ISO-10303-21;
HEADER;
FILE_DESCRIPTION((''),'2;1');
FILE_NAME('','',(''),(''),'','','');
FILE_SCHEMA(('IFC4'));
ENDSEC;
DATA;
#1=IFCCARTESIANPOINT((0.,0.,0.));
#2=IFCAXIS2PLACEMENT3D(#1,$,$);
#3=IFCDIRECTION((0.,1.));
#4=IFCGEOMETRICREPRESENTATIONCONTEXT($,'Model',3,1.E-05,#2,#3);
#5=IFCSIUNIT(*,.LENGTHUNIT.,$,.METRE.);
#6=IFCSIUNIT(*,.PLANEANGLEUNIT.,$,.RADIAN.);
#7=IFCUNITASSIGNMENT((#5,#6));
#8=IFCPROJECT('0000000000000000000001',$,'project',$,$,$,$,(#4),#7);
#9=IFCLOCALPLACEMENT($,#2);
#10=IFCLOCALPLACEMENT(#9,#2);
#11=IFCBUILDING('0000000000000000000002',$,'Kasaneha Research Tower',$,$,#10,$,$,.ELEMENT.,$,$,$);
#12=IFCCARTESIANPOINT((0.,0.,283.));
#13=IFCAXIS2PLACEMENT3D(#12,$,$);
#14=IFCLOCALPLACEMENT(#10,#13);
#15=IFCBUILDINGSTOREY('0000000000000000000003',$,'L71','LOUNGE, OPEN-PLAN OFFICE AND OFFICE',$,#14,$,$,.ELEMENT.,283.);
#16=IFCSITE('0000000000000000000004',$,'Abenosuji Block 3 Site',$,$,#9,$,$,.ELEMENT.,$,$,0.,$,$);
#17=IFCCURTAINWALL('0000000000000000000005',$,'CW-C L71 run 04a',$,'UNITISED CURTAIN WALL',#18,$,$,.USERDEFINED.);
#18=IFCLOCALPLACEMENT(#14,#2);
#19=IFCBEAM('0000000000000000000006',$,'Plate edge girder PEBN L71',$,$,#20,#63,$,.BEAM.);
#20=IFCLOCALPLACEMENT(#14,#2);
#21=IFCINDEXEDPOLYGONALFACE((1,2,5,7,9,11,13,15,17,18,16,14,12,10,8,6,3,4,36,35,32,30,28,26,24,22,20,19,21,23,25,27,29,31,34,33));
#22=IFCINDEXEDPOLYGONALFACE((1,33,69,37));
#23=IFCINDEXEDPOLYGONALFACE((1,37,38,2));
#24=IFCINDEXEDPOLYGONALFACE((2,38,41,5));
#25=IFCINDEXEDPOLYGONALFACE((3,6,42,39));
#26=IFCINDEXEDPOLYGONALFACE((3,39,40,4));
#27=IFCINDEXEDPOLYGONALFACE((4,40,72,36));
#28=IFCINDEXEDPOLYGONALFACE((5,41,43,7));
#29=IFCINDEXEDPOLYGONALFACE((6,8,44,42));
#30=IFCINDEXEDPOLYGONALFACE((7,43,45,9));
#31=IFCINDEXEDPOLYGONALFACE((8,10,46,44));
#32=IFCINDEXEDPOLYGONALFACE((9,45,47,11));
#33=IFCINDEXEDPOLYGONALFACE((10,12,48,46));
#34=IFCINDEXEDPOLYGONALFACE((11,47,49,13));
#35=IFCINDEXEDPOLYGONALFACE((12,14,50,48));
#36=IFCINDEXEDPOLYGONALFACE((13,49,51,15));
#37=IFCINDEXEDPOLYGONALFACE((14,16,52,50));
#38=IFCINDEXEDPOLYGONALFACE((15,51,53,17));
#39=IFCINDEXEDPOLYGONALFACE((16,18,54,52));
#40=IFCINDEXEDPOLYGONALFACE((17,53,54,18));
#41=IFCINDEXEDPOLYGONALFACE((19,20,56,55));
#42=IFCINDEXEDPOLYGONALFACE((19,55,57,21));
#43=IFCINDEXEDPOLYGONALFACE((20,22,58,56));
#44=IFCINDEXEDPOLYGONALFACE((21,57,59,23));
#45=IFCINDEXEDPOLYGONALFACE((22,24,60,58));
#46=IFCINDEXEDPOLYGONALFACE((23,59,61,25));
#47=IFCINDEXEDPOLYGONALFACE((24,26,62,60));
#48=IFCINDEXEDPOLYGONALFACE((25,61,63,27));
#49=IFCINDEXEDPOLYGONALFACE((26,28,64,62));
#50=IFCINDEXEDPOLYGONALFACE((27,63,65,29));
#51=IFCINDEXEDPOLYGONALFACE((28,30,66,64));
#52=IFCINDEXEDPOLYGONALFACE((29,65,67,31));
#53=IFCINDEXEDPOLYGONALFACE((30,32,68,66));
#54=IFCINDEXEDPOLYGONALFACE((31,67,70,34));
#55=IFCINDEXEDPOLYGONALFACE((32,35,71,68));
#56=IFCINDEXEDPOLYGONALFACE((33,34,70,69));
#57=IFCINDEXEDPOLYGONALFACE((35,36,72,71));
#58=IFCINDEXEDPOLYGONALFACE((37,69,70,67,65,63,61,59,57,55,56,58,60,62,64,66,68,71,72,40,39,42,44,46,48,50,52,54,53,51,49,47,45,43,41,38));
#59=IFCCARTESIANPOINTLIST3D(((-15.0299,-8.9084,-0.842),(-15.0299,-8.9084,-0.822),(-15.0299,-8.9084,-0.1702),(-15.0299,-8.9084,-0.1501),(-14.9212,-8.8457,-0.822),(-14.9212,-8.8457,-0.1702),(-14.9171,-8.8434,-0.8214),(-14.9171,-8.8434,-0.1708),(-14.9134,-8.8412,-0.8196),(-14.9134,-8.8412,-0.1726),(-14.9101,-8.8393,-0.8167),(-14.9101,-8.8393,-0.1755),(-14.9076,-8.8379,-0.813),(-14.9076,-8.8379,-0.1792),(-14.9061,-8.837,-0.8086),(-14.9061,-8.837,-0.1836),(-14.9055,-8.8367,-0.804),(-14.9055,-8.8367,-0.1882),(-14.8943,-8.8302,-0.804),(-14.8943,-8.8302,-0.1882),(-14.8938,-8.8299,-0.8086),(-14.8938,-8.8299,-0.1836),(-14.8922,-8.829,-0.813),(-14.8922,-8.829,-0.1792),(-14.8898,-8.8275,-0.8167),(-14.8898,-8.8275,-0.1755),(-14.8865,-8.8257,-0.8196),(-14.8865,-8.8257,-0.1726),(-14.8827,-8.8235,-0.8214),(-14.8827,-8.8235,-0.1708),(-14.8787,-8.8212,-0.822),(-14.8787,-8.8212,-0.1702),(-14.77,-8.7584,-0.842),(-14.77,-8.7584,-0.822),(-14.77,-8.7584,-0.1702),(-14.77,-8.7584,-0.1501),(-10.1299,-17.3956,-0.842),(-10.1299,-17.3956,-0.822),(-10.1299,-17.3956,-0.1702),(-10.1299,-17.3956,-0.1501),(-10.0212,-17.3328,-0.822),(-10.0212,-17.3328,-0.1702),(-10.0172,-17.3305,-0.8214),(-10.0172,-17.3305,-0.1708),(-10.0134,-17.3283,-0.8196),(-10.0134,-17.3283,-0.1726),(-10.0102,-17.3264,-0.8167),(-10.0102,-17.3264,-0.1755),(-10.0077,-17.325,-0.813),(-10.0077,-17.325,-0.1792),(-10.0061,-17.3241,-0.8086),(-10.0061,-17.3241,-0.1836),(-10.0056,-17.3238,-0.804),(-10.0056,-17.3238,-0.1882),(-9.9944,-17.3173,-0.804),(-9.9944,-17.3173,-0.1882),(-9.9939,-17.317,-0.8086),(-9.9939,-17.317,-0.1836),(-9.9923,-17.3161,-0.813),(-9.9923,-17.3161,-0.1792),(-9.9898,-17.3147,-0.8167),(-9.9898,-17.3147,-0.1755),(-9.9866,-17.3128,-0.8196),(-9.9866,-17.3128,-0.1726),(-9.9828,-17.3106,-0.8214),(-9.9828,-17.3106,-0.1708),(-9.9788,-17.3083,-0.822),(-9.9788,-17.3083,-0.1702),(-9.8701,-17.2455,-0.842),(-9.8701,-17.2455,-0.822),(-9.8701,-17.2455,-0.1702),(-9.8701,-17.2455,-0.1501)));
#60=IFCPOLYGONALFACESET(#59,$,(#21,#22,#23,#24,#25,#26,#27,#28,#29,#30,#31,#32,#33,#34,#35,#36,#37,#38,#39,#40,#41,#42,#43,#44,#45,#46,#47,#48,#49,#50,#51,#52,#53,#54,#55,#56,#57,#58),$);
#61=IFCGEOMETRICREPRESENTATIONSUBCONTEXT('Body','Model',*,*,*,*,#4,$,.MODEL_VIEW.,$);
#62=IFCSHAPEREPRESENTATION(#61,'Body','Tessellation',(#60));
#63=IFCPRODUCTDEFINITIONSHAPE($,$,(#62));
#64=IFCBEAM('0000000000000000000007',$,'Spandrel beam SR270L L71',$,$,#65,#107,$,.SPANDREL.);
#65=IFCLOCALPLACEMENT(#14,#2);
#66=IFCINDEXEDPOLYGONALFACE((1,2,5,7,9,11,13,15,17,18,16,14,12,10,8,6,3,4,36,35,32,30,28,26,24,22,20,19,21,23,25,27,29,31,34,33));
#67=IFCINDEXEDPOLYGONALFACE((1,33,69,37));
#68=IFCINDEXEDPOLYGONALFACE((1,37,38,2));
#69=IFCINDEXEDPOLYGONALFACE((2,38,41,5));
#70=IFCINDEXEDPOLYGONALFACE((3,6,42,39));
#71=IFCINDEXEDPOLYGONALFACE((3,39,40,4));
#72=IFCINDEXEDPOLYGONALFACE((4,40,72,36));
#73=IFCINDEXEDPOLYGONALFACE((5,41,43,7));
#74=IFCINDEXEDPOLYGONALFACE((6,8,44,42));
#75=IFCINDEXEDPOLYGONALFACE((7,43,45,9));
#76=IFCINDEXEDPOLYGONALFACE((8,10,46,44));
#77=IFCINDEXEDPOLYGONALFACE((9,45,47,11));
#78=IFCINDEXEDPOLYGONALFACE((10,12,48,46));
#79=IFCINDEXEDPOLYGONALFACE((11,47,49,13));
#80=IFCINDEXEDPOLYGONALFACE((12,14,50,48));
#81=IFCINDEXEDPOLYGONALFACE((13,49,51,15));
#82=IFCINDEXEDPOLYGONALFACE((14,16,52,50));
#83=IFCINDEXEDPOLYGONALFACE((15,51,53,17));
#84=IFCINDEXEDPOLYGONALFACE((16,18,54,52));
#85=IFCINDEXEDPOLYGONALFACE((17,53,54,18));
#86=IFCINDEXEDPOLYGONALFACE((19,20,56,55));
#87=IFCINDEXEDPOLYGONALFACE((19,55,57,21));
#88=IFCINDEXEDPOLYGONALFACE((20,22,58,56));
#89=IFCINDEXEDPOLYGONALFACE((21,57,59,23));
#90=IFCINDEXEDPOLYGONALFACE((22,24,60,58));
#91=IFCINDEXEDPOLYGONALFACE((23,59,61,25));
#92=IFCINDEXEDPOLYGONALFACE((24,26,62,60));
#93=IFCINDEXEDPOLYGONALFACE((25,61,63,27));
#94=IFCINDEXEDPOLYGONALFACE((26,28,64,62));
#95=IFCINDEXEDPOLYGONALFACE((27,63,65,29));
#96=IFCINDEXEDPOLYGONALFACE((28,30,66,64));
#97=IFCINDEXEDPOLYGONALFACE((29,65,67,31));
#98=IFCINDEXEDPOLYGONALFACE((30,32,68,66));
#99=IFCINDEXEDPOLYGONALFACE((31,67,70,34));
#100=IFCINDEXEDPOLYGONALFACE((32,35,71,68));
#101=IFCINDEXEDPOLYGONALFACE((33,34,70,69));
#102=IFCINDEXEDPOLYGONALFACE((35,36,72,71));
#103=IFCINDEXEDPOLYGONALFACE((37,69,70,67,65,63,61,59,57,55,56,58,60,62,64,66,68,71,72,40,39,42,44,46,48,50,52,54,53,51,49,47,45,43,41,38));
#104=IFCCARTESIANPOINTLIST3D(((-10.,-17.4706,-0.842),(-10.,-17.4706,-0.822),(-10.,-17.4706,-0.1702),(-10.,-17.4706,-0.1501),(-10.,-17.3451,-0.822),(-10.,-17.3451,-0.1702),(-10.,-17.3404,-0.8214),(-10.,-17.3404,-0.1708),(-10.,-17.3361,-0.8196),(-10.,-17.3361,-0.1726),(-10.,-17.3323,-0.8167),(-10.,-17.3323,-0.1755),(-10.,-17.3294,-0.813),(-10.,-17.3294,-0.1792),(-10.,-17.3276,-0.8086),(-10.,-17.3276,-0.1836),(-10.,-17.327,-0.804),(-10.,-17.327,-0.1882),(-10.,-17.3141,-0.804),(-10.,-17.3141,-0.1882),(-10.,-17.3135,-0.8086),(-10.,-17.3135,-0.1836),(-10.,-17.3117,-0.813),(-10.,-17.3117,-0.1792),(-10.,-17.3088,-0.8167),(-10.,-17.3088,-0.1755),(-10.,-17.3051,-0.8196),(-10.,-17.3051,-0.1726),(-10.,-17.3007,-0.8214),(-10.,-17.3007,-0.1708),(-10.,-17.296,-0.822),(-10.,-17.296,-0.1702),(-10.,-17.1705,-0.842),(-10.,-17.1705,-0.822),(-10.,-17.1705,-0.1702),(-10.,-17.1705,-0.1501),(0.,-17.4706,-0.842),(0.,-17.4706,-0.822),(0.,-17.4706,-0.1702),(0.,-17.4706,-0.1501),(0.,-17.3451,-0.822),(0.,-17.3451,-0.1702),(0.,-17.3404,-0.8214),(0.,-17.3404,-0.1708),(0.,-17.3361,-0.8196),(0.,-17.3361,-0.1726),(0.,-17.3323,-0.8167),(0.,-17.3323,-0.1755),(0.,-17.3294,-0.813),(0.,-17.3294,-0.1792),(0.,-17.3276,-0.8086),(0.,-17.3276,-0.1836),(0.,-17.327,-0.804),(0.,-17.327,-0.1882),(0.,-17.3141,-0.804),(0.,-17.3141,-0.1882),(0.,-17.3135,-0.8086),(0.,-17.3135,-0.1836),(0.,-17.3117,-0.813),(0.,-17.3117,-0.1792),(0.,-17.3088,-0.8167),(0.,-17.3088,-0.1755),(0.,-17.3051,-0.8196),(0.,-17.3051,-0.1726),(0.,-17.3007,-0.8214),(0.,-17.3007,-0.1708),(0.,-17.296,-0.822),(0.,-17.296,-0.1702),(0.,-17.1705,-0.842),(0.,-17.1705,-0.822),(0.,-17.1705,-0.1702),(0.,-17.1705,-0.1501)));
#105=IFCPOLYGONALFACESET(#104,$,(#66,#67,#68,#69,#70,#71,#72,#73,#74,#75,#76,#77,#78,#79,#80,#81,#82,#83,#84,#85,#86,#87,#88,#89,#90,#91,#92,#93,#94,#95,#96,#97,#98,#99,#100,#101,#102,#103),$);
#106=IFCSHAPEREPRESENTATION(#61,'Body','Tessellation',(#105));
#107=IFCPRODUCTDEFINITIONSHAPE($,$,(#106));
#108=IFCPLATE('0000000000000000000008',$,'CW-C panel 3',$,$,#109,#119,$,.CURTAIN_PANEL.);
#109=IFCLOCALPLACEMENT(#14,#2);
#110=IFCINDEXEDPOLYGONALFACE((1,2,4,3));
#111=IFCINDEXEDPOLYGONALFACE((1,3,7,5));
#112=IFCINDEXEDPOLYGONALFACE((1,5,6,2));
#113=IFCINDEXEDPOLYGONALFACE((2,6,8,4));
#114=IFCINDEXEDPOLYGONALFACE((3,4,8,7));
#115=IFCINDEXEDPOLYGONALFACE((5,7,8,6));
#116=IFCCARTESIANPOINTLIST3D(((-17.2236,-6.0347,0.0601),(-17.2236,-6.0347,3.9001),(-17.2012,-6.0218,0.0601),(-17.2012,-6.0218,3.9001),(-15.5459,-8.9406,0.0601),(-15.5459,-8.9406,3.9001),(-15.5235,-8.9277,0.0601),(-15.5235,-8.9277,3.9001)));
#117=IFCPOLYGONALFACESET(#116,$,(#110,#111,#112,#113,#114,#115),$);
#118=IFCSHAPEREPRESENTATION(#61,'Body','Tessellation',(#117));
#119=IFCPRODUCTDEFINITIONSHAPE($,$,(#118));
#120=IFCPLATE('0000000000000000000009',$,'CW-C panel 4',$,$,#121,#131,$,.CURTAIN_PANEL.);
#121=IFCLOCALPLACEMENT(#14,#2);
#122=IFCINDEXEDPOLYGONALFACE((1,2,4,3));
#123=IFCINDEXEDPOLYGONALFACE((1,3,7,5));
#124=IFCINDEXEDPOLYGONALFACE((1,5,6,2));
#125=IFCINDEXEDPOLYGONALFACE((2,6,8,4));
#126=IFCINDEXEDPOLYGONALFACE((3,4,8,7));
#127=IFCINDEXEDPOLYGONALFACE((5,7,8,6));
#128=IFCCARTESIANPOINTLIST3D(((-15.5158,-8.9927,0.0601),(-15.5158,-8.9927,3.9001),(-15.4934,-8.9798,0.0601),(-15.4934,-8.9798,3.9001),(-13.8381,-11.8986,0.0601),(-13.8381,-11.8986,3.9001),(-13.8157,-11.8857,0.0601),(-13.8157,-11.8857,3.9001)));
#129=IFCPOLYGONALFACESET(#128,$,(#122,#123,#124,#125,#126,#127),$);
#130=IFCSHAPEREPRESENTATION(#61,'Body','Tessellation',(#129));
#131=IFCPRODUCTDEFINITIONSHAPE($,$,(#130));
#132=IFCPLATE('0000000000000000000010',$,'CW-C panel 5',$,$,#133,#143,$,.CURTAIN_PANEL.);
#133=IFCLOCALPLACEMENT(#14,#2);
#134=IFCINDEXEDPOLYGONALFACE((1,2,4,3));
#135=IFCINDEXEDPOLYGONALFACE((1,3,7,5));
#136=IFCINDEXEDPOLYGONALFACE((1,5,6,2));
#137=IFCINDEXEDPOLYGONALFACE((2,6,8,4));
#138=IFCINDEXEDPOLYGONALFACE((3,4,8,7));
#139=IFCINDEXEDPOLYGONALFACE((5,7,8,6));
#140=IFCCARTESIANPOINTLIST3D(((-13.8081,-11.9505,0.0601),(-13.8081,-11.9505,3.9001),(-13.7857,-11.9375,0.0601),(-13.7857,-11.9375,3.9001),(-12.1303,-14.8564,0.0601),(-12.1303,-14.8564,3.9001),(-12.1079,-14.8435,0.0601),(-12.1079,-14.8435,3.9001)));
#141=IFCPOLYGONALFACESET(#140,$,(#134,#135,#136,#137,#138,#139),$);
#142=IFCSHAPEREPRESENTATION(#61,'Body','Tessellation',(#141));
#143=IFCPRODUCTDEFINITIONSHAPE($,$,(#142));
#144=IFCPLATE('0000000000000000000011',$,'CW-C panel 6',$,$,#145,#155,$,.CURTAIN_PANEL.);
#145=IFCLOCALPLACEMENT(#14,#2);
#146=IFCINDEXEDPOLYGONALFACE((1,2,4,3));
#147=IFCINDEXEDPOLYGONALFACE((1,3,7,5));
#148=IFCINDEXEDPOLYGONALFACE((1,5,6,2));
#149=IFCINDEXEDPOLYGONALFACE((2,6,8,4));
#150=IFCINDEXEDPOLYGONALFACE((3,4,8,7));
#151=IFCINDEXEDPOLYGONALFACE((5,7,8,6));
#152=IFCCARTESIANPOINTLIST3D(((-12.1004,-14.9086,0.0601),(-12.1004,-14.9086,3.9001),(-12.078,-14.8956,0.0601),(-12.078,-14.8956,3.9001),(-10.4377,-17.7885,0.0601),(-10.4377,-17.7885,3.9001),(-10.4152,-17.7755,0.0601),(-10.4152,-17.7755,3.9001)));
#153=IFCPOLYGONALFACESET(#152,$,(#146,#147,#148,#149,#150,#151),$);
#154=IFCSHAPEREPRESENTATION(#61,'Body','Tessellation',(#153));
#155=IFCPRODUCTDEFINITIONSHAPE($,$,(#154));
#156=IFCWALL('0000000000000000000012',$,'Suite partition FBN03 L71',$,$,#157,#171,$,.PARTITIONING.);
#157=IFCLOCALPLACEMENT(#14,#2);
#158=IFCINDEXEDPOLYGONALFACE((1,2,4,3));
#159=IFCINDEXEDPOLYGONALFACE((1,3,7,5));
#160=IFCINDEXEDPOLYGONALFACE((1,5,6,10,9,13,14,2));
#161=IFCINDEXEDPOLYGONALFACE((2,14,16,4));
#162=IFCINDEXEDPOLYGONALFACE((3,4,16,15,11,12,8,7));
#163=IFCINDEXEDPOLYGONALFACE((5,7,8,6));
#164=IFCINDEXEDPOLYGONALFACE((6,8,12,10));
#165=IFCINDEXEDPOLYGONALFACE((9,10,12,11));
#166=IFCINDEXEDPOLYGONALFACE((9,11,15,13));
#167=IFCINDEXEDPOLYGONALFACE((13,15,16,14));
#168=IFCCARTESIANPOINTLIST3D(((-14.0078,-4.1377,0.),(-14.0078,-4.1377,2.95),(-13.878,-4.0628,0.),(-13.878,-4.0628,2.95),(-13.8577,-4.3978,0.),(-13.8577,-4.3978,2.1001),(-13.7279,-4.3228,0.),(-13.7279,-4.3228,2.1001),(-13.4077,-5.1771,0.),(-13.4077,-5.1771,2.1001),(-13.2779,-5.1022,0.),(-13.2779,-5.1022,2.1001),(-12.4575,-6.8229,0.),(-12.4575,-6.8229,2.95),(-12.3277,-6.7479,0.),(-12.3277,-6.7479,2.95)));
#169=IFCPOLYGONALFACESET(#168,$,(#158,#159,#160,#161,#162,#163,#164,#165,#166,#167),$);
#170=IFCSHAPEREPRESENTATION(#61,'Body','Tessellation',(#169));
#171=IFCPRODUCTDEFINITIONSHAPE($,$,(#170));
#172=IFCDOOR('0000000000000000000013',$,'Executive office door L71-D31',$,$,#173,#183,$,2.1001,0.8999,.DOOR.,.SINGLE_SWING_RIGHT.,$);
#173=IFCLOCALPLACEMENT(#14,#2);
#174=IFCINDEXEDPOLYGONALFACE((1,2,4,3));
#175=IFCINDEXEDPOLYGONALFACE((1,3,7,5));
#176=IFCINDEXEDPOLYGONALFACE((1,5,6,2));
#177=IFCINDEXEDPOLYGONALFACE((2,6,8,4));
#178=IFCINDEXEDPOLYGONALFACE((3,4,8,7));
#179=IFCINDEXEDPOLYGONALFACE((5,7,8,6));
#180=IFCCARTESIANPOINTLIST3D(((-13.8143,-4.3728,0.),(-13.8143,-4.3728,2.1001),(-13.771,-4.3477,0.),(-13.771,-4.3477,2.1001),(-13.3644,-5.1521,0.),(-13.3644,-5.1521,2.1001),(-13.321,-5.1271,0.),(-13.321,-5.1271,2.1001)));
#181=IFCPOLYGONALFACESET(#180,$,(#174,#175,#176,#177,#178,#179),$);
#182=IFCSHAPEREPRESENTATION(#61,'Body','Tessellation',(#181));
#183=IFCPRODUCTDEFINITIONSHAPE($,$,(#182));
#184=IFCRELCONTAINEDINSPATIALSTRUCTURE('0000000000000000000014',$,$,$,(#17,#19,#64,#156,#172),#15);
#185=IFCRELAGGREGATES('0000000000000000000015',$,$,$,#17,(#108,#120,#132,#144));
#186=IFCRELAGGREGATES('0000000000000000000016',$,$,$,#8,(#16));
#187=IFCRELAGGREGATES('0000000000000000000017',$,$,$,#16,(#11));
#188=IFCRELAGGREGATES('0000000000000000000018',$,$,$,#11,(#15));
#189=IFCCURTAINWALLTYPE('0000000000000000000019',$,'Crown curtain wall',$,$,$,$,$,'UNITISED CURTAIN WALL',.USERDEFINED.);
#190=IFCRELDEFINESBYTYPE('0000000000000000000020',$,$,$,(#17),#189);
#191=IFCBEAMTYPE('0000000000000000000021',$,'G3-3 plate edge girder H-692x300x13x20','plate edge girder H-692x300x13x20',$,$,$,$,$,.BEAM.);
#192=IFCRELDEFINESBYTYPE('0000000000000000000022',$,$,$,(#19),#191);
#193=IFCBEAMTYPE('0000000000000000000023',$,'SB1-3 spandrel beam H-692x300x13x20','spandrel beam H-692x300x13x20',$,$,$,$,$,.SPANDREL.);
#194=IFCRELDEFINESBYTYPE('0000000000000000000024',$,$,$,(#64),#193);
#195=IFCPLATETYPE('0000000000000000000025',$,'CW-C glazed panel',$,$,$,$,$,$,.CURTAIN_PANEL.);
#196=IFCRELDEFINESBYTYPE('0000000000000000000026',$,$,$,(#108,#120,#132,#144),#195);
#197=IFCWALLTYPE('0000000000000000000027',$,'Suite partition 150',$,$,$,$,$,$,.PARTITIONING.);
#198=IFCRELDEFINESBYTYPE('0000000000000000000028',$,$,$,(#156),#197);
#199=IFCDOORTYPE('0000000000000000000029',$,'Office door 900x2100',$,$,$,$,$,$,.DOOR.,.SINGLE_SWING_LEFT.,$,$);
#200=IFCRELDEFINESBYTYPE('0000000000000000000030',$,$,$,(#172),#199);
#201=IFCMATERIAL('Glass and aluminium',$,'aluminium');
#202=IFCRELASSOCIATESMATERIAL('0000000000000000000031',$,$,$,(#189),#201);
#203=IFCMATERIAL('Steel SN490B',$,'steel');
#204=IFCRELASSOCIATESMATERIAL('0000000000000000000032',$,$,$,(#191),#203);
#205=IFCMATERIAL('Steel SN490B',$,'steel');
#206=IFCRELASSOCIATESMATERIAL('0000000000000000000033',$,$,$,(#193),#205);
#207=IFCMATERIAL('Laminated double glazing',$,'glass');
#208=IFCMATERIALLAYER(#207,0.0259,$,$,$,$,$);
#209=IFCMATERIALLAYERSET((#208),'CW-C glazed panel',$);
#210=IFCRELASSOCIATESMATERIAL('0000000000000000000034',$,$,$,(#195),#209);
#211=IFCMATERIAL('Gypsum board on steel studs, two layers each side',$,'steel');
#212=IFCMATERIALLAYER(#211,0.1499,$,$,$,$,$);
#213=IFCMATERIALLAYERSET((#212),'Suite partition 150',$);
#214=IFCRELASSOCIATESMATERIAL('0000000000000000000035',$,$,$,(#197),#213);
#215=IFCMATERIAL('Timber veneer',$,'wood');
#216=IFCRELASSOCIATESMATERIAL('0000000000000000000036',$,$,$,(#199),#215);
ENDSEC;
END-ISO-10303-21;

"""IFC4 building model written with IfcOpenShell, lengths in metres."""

from ifc_helpers import new_model, si_unit, direction, frame, frame_2d, origin, origin_2d, place, context, subcontext, project, spatial, rectangle, i_section, extrude, material, layer, layer_set, material_profile, profile_set, type_object, element, fill, aggregate, save


model = new_model("IFC4")

# Units and contexts
model_context = context("Model", 3, precision=1e-05, world=origin(), true_north=direction((0.0, 1.0)))
body_context = subcontext(model_context, "Body", "Model", "MODEL_VIEW")
ifc_project = project(units=[si_unit("LENGTHUNIT", "METRE"), si_unit("PLANEANGLEUNIT", "RADIAN")], contexts=[model_context])

# Site, building, storey
site_placement = place(None, origin())
site = spatial("IfcSite", under=ifc_project, at=site_placement, Name="Abenosuji Block 3 Site", CompositionType="ELEMENT", RefElevation=0.0)
building_placement = place(site_placement, origin())
building = spatial("IfcBuilding", under=site, at=building_placement, Name="Kasaneha Research Tower", CompositionType="ELEMENT")
storey_placement = place(building_placement, frame((0.0, 0.0, 283.0)))
storey = spatial("IfcBuildingStorey", under=building, at=storey_placement, Name="L71", Description="LOUNGE, OPEN-PLAN OFFICE AND OFFICE", CompositionType="ELEMENT", Elevation=283.0)

# Curtain wall
ifc_material_1 = material(Name="Glass and aluminium", Category="aluminium")
curtain_wall_type = type_object("IfcCurtainWallType", Name="Crown curtain wall", ElementType="UNITISED CURTAIN WALL", PredefinedType="USERDEFINED", material=ifc_material_1)
curtain_wall_1_placement = place(storey_placement, origin())
curtain_wall_1 = element("IfcCurtainWall", 1, at=curtain_wall_1_placement, inside=storey, type_object=curtain_wall_type, Name="CW-C L71 run 04a", ObjectType="UNITISED CURTAIN WALL", PredefinedType="USERDEFINED")

# Beams
ifc_material_2 = material(Name="Steel SN490B", Category="steel")
ifc_material_profile_1 = material_profile(ifc_material_2, i_section(OverallWidth=0.3, OverallDepth=0.6919, WebThickness=0.0129, FlangeThickness=0.02, FilletRadius=0.0181, at=origin_2d()), Name="H-692x300x13x20")
ifc_profile_set_1 = profile_set([ifc_material_profile_1], Name="Steel SN490B")
beam_type_1 = type_object("IfcBeamType", Name="G3-3 plate edge girder H-692x300x13x20", Description="plate edge girder H-692x300x13x20", PredefinedType="BEAM", material=ifc_profile_set_1)
beam_1_placement = place(storey_placement, frame((-10.0, -17.3206, -0.4961), z_axis=(-0.499992, 0.86603, 0.0), x_axis=(-0.86603, -0.499992, 0.0)))
element("IfcBeam", 2, at=beam_1_placement, inside=storey, type_object=beam_type_1, Name="Plate edge girder PEBN L71", PredefinedType="BEAM", context=body_context, shape_type="SweptSolid", body=[
    extrude(i_section(OverallWidth=0.3, OverallDepth=0.6919, WebThickness=0.0129, FlangeThickness=0.02, FilletRadius=0.0181, at=origin_2d()), origin(), (0.0, 0.0, 1.0), 9.8),
])
ifc_material_3 = material(Name="Steel SN490B", Category="steel")
ifc_material_profile_2 = material_profile(ifc_material_3, i_section(OverallWidth=0.3, OverallDepth=0.6919, WebThickness=0.0129, FlangeThickness=0.02, FilletRadius=0.0181, at=origin_2d()), Name="H-692x300x13x20")
ifc_profile_set_2 = profile_set([ifc_material_profile_2], Name="Steel SN490B")
beam_type_2 = type_object("IfcBeamType", Name="SB1-3 spandrel beam H-692x300x13x20", Description="spandrel beam H-692x300x13x20", PredefinedType="SPANDREL", material=ifc_profile_set_2)
beam_2_placement = place(storey_placement, frame((-10.0, -17.3206, -0.4961), z_axis=(1.0, 0.0, 0.0), x_axis=(0.0, 1.0, 0.0)))
element("IfcBeam", 3, at=beam_2_placement, inside=storey, type_object=beam_type_2, Name="Spandrel beam SR270L L71", PredefinedType="SPANDREL", context=body_context, shape_type="SweptSolid", body=[
    extrude(i_section(OverallWidth=0.3, OverallDepth=0.6919, WebThickness=0.0129, FlangeThickness=0.02, FilletRadius=0.0181, at=origin_2d()), origin(), (0.0, 0.0, 1.0), 10.0),
])

# Plates
ifc_material_4 = material(Name="Laminated double glazing", Category="glass")
ifc_layer_1 = layer(ifc_material_4, 0.0259)
ifc_layer_set_1 = layer_set([ifc_layer_1], Name="CW-C glazed panel")
plate_type = type_object("IfcPlateType", Name="CW-C glazed panel", PredefinedType="CURTAIN_PANEL", material=ifc_layer_set_1)
plate_1_placement = place(storey_placement, frame((-16.3735, -7.4812, 0.0601), z_axis=(0.0, 0.0, 1.0), x_axis=(0.5, -0.866025, 0.0)))
plate_1 = element("IfcPlate", 4, at=plate_1_placement, type_object=plate_type, Name="CW-C panel 3", PredefinedType="CURTAIN_PANEL", context=body_context, shape_type="SweptSolid", body=[
    extrude(rectangle(XDim=3.3555, YDim=0.0259, at=origin_2d()), origin(), (0.0, 0.0, 1.0), 3.8401),
])
plate_2_placement = place(storey_placement, frame((-14.6658, -10.4392, 0.0601), z_axis=(0.0, 0.0, 1.0), x_axis=(0.5, -0.866025, 0.0)))
plate_2 = element("IfcPlate", 5, at=plate_2_placement, type_object=plate_type, Name="CW-C panel 4", PredefinedType="CURTAIN_PANEL", context=body_context, shape_type="SweptSolid", body=[
    extrude(rectangle(XDim=3.3555, YDim=0.0259, at=origin_2d()), origin(), (0.0, 0.0, 1.0), 3.8401),
])
plate_3_placement = place(storey_placement, frame((-12.958, -13.397, 0.0601), z_axis=(0.0, 0.0, 1.0), x_axis=(0.5, -0.866025, 0.0)))
plate_3 = element("IfcPlate", 6, at=plate_3_placement, type_object=plate_type, Name="CW-C panel 5", PredefinedType="CURTAIN_PANEL", context=body_context, shape_type="SweptSolid", body=[
    extrude(rectangle(XDim=3.3555, YDim=0.0259, at=origin_2d()), origin(), (0.0, 0.0, 1.0), 3.8401),
])
plate_4_placement = place(storey_placement, frame((-11.2578, -16.342, 0.0601), z_axis=(0.0, 0.0, 1.0), x_axis=(0.5, -0.866025, 0.0)))
plate_4 = element("IfcPlate", 7, at=plate_4_placement, type_object=plate_type, Name="CW-C panel 6", PredefinedType="CURTAIN_PANEL", context=body_context, shape_type="SweptSolid", body=[
    extrude(rectangle(XDim=3.3254, YDim=0.0259, at=origin_2d()), origin(), (0.0, 0.0, 1.0), 3.8401),
])
aggregate(curtain_wall_1, [plate_1, plate_2, plate_3, plate_4])

# Wall, opening, door
ifc_material_5 = material(Name="Gypsum board on steel studs, two layers each side", Category="steel")
ifc_layer_2 = layer(ifc_material_5, 0.1499)
ifc_layer_set_2 = layer_set([ifc_layer_2], Name="Suite partition 150")
wall_type_1 = type_object("IfcWallType", Name="Suite partition 150", PredefinedType="PARTITIONING", material=ifc_layer_set_2)
wall_1_placement = place(storey_placement, frame((-12.3926, -6.7854, 0.0), z_axis=(0.0, 0.0, 1.0), x_axis=(-0.500018, 0.866015, 0.0)))
wall_1 = element("IfcWall", 8, at=wall_1_placement, inside=storey, type_object=wall_type_1, Name="Suite partition FBN03 L71", PredefinedType="PARTITIONING", context=body_context, shape_type="SweptSolid", body=[
    extrude(rectangle(XDim=3.1006, YDim=0.1499, at=frame_2d((1.5503, 0.0))), origin(), (0.0, 0.0, 1.0), 2.95),
])
opening_placement = place(wall_1_placement, frame((1.9004, 0.0, 0.0)))
opening = element("IfcOpeningElement", 9, at=opening_placement, cuts=wall_1, PredefinedType="OPENING", context=body_context, shape_type="SweptSolid", body=[
    extrude(rectangle(XDim=0.8999, YDim=2.1001, at=frame_2d((0.45, 1.05))), frame((0.0, 0.085, 0.0), z_axis=(0.0, -1.0, 0.0), x_axis=(1.0, 0.0, 0.0)), (0.0, 0.0, 1.0), 0.1699),
])
ifc_material_6 = material(Name="Timber veneer", Category="wood")
door_type = type_object("IfcDoorType", Name="Office door 900x2100", OperationType="SINGLE_SWING_LEFT", PredefinedType="DOOR", material=ifc_material_6)
door_placement = place(opening_placement, origin())
door = element("IfcDoor", 10, at=door_placement, inside=storey, type_object=door_type, Name="Executive office door L71-D31", OperationType="SINGLE_SWING_RIGHT", OverallHeight=2.1001, OverallWidth=0.8999, PredefinedType="DOOR", context=body_context, shape_type="SweptSolid", body=[
    extrude(rectangle(XDim=0.8999, YDim=2.1001, at=frame_2d((0.45, 1.05))), frame((0.0, 0.0249, 0.0), z_axis=(0.0, -1.0, 0.0), x_axis=(1.0, 0.0, 0.0)), (0.0, 0.0, 1.0), 0.05),
])
fill(opening, door)

save(model, "model.ifc")
